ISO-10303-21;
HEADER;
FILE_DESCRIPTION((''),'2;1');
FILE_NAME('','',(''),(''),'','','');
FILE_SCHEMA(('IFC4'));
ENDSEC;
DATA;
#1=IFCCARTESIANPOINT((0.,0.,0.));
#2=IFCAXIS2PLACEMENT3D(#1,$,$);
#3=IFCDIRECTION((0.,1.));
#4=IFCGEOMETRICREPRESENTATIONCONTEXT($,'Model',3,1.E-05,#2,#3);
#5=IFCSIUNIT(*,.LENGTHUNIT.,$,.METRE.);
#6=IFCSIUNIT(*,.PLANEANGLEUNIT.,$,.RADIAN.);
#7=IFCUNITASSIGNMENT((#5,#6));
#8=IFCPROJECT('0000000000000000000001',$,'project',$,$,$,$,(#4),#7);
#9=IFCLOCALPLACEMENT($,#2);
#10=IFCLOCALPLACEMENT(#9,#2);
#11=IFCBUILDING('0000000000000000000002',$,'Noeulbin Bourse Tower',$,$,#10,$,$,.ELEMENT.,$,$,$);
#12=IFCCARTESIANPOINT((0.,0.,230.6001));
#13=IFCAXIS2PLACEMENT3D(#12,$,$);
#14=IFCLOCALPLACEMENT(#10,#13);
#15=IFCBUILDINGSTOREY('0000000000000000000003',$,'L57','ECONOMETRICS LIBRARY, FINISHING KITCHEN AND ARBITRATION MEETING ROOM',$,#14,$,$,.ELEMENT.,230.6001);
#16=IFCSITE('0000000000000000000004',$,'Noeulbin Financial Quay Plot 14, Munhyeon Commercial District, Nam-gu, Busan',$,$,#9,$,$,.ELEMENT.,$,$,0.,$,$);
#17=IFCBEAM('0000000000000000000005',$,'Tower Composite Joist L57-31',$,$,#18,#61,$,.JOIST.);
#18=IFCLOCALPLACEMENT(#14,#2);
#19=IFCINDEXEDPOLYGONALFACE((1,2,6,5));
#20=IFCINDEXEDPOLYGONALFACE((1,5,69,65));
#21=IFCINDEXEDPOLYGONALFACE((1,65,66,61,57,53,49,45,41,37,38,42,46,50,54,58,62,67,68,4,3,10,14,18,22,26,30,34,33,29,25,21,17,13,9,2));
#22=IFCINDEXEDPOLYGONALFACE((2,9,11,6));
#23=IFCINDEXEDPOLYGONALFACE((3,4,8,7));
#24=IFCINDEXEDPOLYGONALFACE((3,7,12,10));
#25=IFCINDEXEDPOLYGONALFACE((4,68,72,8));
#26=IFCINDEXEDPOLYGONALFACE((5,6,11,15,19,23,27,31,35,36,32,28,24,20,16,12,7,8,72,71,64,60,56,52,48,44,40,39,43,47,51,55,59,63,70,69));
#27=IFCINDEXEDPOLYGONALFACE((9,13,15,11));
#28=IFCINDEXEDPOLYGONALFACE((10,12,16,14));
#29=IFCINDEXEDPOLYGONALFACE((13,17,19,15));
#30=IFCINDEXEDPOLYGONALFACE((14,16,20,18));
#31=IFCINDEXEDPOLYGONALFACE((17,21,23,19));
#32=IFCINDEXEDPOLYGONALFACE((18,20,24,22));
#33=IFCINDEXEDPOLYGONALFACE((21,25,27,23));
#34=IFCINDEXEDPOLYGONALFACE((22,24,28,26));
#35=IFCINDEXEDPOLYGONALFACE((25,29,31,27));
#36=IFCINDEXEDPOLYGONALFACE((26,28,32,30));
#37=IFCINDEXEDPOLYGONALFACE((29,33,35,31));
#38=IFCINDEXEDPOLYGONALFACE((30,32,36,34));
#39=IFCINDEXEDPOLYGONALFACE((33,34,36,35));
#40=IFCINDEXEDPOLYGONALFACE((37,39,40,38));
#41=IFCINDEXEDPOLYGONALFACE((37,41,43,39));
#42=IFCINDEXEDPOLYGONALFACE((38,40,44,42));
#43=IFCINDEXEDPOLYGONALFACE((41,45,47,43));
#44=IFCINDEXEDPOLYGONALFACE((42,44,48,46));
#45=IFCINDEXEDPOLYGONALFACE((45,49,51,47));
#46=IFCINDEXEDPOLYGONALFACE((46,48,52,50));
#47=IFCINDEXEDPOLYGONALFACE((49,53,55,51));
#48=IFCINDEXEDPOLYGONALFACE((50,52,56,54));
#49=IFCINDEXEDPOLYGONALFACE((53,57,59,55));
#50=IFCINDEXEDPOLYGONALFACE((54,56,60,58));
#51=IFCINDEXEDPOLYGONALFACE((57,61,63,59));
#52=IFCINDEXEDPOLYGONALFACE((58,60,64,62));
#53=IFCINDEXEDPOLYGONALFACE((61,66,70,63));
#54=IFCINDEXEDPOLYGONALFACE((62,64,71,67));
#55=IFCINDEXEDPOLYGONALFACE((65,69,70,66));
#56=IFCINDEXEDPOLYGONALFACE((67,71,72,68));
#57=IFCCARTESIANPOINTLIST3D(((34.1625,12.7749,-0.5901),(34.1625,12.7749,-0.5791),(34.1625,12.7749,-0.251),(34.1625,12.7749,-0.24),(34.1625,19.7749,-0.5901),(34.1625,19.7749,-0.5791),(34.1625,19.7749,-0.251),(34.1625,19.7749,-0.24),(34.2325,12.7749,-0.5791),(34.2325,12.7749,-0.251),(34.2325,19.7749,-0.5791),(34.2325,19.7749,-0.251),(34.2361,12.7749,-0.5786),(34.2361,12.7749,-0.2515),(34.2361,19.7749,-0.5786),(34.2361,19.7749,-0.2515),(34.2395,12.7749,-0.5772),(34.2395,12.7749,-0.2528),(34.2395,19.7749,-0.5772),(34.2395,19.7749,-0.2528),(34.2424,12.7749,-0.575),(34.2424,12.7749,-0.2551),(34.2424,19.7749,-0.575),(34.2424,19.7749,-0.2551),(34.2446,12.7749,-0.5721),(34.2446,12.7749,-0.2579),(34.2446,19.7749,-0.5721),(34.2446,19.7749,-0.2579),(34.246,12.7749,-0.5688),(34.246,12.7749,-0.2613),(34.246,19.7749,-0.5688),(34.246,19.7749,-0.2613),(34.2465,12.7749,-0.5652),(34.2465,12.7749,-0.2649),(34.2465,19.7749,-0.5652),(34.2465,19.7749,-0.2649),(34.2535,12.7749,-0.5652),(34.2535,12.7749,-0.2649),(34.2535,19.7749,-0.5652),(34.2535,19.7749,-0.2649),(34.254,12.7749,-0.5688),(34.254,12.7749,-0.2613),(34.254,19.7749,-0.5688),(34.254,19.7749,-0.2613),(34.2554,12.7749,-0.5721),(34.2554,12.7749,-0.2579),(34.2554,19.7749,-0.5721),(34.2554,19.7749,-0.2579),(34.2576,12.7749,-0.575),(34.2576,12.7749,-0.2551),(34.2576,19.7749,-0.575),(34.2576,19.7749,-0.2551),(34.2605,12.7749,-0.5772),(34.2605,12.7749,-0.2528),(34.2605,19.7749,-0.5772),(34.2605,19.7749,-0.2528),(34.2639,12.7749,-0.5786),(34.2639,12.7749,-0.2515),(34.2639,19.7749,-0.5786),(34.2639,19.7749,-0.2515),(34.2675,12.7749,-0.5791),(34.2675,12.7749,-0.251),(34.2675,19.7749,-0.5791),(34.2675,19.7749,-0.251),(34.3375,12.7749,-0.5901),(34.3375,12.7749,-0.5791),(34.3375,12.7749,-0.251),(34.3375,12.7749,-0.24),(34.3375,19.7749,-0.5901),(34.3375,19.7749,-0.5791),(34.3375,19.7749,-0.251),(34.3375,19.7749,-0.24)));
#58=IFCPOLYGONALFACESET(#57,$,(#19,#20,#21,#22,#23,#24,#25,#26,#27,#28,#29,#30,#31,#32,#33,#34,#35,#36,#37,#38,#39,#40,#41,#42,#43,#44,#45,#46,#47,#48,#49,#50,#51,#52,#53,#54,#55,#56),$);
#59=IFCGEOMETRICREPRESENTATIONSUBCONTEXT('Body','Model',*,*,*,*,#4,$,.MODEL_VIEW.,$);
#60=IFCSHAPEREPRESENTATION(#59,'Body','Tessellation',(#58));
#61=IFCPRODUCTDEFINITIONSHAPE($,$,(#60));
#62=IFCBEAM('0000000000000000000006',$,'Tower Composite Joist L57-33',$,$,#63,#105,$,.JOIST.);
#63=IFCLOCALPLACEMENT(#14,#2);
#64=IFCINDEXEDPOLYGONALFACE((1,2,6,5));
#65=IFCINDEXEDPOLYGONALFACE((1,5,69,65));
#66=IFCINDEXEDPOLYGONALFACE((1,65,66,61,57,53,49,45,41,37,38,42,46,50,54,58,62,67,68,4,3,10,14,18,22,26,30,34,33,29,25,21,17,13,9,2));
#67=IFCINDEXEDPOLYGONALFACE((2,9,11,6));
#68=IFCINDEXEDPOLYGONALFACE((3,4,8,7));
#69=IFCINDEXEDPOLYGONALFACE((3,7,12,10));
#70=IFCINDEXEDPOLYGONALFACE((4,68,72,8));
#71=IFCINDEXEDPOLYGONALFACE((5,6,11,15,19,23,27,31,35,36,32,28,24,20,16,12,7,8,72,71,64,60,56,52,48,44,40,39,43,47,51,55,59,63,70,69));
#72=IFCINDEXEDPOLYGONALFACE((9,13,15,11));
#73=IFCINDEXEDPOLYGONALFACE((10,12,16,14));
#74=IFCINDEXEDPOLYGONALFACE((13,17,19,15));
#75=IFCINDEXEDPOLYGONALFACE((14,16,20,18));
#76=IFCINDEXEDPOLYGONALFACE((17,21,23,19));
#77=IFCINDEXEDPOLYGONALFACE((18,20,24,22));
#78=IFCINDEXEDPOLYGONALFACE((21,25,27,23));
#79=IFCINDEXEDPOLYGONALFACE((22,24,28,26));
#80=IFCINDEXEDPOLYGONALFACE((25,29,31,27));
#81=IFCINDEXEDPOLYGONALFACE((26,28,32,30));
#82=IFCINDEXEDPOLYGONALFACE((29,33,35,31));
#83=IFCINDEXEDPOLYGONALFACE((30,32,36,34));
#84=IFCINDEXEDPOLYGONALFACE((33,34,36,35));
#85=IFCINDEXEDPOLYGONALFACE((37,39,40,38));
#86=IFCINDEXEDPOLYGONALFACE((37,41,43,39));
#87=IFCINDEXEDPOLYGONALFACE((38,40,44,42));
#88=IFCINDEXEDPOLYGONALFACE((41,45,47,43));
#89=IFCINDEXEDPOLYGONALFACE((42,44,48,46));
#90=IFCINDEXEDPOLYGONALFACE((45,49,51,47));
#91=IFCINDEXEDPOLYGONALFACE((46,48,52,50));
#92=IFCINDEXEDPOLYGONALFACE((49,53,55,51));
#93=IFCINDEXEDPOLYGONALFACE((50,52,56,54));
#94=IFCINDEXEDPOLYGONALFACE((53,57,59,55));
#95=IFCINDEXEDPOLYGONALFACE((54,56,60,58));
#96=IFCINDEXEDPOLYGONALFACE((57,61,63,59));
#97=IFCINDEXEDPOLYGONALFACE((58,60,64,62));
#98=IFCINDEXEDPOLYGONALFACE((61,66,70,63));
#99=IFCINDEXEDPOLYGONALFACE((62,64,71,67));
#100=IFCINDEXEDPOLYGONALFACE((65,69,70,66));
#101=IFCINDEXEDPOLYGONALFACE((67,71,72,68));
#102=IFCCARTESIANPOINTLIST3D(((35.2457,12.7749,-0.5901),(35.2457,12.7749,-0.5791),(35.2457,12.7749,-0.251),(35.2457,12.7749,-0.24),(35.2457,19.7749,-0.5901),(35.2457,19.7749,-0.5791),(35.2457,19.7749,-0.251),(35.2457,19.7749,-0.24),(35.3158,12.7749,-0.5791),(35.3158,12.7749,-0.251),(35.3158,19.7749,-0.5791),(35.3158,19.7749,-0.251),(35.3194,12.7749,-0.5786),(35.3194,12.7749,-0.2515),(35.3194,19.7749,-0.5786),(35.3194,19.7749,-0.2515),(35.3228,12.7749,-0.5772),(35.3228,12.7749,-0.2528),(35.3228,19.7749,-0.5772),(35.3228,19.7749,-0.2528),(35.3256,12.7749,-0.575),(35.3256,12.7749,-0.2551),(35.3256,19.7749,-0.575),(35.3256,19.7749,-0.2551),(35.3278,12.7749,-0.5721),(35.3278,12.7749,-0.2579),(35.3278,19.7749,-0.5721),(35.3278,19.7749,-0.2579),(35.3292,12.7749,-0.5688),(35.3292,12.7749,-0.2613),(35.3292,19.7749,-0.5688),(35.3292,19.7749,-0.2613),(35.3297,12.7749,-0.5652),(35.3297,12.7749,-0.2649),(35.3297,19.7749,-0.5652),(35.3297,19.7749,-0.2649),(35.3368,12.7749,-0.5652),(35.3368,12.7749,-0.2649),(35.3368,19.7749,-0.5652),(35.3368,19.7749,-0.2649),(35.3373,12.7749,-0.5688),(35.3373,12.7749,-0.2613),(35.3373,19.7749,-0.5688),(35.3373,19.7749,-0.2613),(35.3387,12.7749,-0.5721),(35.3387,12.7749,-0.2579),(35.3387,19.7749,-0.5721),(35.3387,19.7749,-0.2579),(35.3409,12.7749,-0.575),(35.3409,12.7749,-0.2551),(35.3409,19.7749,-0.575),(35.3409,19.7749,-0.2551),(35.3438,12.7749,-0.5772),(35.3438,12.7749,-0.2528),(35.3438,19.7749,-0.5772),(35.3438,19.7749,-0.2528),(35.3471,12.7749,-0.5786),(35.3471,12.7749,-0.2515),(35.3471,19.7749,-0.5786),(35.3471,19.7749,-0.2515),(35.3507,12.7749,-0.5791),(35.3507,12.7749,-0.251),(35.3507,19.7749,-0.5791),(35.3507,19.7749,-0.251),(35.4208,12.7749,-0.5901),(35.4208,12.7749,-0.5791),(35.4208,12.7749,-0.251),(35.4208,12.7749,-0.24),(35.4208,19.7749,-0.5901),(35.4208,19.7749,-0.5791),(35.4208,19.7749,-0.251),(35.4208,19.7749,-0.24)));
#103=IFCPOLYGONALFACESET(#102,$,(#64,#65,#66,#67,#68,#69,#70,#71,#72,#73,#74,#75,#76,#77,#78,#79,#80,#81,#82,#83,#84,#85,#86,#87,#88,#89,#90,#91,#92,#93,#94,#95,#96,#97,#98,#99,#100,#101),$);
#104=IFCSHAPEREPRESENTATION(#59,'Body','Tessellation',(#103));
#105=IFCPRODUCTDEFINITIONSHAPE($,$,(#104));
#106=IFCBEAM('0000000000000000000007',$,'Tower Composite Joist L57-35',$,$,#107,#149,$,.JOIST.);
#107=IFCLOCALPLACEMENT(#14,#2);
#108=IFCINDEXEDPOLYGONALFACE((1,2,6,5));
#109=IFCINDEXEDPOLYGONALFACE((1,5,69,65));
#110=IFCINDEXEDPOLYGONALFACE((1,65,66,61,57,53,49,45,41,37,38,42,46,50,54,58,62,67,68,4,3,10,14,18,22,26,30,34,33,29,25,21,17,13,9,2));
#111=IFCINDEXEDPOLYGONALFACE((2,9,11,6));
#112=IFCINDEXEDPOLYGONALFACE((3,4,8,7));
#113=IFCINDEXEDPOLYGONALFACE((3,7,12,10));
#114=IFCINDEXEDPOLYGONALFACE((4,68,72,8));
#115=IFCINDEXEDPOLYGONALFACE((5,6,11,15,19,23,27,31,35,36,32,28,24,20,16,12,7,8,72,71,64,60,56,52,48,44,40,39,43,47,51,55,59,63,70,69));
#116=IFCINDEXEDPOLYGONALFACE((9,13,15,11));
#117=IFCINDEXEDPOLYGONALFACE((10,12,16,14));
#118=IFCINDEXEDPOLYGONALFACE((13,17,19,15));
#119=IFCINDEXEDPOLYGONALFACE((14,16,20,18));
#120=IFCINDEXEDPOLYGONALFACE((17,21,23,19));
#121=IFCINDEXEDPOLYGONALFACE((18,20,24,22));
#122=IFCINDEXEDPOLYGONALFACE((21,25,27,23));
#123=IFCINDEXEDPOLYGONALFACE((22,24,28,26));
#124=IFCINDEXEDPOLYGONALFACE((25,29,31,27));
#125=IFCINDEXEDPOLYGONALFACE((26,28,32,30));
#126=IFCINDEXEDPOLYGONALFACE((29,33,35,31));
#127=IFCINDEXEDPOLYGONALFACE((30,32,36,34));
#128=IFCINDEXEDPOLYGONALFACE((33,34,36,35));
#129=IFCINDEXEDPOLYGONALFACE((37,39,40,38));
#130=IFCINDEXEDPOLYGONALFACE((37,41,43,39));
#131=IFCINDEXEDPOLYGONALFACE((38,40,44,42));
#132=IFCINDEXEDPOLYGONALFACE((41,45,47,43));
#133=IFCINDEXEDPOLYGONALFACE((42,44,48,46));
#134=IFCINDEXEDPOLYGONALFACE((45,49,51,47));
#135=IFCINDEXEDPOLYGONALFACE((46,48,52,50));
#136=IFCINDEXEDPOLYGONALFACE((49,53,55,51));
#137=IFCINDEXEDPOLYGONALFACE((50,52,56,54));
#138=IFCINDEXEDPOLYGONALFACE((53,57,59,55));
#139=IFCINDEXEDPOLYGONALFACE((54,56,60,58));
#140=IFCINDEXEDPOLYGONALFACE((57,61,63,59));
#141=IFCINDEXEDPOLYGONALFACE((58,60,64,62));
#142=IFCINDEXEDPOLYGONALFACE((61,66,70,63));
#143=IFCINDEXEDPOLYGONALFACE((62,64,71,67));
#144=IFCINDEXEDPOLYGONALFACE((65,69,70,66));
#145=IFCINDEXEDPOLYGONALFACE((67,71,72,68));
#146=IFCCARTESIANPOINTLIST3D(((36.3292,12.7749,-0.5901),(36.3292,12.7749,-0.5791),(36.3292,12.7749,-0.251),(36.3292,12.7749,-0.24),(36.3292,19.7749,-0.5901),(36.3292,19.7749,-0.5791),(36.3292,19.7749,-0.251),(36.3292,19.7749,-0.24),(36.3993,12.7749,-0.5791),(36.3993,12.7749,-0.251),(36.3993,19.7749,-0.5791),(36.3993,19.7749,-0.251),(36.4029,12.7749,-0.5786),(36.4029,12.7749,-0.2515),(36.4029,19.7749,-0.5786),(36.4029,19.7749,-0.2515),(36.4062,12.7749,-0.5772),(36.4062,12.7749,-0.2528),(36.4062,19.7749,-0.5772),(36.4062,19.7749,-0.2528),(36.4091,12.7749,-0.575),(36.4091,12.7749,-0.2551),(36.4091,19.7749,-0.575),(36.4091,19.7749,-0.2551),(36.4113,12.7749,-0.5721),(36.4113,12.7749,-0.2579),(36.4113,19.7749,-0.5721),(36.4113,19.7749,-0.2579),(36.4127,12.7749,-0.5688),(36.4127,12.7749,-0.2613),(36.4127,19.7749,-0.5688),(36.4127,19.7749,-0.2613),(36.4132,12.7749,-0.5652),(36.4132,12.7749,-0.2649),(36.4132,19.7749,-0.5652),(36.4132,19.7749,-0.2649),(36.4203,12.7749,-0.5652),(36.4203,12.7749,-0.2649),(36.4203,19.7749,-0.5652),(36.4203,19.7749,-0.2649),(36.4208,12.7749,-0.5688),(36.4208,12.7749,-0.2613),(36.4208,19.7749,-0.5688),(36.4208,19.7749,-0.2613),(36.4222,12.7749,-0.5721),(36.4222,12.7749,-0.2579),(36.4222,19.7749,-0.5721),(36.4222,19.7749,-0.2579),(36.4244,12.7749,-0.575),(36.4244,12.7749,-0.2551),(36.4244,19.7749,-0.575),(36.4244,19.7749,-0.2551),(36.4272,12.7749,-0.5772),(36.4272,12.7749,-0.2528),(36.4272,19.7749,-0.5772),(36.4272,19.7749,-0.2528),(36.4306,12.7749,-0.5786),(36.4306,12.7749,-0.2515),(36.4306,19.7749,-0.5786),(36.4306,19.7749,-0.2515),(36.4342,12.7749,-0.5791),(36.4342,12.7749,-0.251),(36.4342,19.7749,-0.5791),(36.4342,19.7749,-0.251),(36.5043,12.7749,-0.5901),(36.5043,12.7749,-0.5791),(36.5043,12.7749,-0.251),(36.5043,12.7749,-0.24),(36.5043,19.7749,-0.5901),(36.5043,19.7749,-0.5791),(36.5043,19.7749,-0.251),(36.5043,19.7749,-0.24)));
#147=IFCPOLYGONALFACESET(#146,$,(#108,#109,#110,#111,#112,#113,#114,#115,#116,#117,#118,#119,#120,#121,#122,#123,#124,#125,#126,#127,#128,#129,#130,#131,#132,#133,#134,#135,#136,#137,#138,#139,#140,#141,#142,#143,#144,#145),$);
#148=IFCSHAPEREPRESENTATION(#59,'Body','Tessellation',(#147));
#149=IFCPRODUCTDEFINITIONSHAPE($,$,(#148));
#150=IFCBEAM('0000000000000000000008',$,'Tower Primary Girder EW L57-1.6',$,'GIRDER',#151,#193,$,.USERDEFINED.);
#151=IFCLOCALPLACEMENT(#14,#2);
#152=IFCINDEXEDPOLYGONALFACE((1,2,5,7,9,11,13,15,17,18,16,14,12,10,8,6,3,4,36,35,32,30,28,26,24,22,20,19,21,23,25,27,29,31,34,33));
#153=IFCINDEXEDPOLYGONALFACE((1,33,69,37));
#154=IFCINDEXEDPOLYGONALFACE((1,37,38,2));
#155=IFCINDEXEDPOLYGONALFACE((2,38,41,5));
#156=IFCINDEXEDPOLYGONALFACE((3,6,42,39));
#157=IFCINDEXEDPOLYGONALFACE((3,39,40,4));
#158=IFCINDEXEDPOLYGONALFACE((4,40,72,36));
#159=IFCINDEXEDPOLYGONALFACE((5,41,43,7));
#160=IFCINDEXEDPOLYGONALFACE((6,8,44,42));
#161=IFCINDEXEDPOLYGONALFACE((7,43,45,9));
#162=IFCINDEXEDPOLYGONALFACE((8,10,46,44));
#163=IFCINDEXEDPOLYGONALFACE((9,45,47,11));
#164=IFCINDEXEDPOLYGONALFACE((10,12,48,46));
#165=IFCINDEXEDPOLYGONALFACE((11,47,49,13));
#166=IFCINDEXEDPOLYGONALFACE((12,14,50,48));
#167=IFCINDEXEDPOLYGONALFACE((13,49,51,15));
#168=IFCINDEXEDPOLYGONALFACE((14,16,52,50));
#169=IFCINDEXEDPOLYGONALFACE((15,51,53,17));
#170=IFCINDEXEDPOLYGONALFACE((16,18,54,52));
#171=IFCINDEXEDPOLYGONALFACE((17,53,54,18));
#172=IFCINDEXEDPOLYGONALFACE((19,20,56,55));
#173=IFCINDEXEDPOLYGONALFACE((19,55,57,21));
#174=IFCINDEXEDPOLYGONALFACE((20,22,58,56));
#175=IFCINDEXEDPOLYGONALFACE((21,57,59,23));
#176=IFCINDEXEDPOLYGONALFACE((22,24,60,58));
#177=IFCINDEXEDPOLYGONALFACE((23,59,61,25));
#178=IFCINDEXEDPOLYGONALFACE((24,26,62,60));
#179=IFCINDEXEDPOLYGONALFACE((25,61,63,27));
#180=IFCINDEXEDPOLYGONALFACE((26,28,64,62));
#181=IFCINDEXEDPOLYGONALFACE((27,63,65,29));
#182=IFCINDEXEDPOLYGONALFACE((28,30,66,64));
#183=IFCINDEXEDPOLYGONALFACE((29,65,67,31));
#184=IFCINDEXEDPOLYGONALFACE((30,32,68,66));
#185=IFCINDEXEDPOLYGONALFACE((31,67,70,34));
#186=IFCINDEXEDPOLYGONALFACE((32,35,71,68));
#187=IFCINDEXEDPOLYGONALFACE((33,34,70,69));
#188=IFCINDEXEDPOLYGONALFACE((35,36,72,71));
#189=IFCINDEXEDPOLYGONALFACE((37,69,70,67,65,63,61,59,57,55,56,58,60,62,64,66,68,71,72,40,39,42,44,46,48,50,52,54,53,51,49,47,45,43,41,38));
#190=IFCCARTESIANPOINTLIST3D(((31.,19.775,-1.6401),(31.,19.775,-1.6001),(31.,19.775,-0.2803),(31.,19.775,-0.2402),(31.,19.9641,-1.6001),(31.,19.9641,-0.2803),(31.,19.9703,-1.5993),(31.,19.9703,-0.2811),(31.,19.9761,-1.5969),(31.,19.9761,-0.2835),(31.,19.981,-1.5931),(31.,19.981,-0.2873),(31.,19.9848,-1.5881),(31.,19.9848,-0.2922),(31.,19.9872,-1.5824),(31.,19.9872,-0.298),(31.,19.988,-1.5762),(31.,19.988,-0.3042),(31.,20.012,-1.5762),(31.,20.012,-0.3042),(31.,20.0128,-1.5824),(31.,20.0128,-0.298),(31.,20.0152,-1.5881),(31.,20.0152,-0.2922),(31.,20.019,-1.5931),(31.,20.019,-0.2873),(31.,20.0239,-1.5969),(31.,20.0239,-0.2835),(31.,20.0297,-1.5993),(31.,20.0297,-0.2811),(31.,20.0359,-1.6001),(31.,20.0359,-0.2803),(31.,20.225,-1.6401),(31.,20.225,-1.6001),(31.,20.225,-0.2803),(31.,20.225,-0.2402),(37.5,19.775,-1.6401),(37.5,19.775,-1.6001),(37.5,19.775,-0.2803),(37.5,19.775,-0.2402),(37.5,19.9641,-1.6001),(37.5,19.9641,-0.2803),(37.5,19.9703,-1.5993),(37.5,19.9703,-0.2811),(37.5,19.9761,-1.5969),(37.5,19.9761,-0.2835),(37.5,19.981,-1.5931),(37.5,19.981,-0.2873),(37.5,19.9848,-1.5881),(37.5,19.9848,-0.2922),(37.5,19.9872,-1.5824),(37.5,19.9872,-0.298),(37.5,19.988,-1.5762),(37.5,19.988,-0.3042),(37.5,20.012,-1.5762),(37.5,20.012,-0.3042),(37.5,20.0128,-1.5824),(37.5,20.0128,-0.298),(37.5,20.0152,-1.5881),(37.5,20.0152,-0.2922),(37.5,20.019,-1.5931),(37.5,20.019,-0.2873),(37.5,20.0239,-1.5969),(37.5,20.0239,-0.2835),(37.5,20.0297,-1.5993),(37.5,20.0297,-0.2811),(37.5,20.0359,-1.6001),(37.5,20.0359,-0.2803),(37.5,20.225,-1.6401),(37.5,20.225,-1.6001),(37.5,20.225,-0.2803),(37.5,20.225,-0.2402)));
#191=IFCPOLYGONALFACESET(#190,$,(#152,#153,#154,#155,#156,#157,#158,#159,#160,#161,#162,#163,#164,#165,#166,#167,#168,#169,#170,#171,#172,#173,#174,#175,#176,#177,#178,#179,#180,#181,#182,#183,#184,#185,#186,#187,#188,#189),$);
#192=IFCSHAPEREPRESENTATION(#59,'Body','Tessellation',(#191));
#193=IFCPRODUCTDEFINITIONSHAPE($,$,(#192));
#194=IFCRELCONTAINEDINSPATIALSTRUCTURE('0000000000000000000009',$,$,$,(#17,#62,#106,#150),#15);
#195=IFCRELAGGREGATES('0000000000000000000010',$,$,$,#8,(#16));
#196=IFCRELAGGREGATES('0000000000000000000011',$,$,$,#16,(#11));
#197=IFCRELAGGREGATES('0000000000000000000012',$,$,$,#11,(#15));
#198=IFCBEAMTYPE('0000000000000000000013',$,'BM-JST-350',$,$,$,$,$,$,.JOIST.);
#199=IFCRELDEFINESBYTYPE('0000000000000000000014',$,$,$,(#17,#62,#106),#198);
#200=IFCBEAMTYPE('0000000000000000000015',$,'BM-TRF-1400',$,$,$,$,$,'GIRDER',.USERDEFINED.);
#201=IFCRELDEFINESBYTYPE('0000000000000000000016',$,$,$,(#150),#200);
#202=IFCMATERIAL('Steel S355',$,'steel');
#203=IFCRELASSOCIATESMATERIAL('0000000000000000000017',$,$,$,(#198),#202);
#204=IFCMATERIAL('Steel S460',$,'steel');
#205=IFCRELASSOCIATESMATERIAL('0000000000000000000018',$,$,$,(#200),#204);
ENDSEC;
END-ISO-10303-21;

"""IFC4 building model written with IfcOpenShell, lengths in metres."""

from ifc_helpers import new_model, si_unit, direction, frame, origin, origin_2d, place, context, subcontext, project, spatial, i_section, extrude, material, material_profile, profile_set, type_object, element, save


model = new_model("IFC4")

# Units and contexts
model_context = context("Model", 3, precision=1e-05, world=origin(), true_north=direction((0.0, 1.0)))
body_context = subcontext(model_context, "Body", "Model", "MODEL_VIEW")
ifc_project = project(units=[si_unit("LENGTHUNIT", "METRE"), si_unit("PLANEANGLEUNIT", "RADIAN")], contexts=[model_context])

# Site, building, storey
site_placement = place(None, origin())
site = spatial("IfcSite", under=ifc_project, at=site_placement, Name="Noeulbin Financial Quay Plot 14, Munhyeon Commercial District, Nam-gu, Busan", CompositionType="ELEMENT", RefElevation=0.0)
building_placement = place(site_placement, origin())
building = spatial("IfcBuilding", under=site, at=building_placement, Name="Noeulbin Bourse Tower", CompositionType="ELEMENT")
storey_placement = place(building_placement, frame((0.0, 0.0, 230.6001)))
storey = spatial("IfcBuildingStorey", under=building, at=storey_placement, Name="L57", Description="ECONOMETRICS LIBRARY, FINISHING KITCHEN AND ARBITRATION MEETING ROOM", CompositionType="ELEMENT", Elevation=230.6001)

# Shared definitions
ifc_material_1 = material(Name="Steel S355", Category="steel")

# Beams
ifc_material_profile_1 = material_profile(ifc_material_1, i_section(OverallWidth=0.175, OverallDepth=0.3501, WebThickness=0.0071, FlangeThickness=0.011, FilletRadius=0.0139, at=origin_2d()), Name="H-350x175x7x11", Category="LoadBearing")
ifc_profile_set_1 = profile_set([ifc_material_profile_1], Name="Steel S355")
beam_type_1 = type_object("IfcBeamType", Name="BM-JST-350", PredefinedType="JOIST", material=ifc_profile_set_1)
for number, where, z_axis, x_axis, name in (
    (1, (34.25, 12.7749, -0.415), (0.0, 1.0, 0.0), (-1.0, 0.0, 0.0), "Tower Composite Joist L57-31"),
    (2, (35.3333, 12.7749, -0.415), (0.0, 1.0, 0.0), (-1.0, 0.0, 0.0), "Tower Composite Joist L57-33"),
    (3, (36.4167, 12.7749, -0.415), (0.0, 1.0, 0.0), (-1.0, 0.0, 0.0), "Tower Composite Joist L57-35"),
):
    element("IfcBeam", number, at=place(storey_placement, frame(where, z_axis=z_axis, x_axis=x_axis)), inside=storey, type_object=beam_type_1, Name=name, PredefinedType="JOIST", context=body_context, shape_type="SweptSolid", body=[
        extrude(i_section(OverallWidth=0.175, OverallDepth=0.3501, WebThickness=0.0071, FlangeThickness=0.011, FilletRadius=0.0139, at=origin_2d()), origin(), (0.0, 0.0, 1.0), 7.0),
    ])
ifc_material_2 = material(Name="Steel S460", Category="steel")
ifc_material_profile_2 = material_profile(ifc_material_2, i_section(OverallWidth=0.45, OverallDepth=1.3999, WebThickness=0.0239, FlangeThickness=0.04, FilletRadius=0.0239, at=origin_2d()), Name="PG-1400x450x24x40", Category="LoadBearing")
ifc_profile_set_2 = profile_set([ifc_material_profile_2], Name="Steel S460")
beam_type_2 = type_object("IfcBeamType", Name="BM-TRF-1400", ElementType="GIRDER", PredefinedType="USERDEFINED", material=ifc_profile_set_2)
beam_1_placement = place(storey_placement, frame((31.0, 20.0, -0.9402), z_axis=(1.0, 0.0, 0.0), x_axis=(0.0, 1.0, 0.0)))
element("IfcBeam", 4, at=beam_1_placement, inside=storey, type_object=beam_type_2, Name="Tower Primary Girder EW L57-1.6", ObjectType="GIRDER", PredefinedType="USERDEFINED", context=body_context, shape_type="SweptSolid", body=[
    extrude(i_section(OverallWidth=0.45, OverallDepth=1.3999, WebThickness=0.0239, FlangeThickness=0.04, FilletRadius=0.0239, at=origin_2d()), origin(), (0.0, 0.0, 1.0), 6.5),
])

save(model, "model.ifc")
